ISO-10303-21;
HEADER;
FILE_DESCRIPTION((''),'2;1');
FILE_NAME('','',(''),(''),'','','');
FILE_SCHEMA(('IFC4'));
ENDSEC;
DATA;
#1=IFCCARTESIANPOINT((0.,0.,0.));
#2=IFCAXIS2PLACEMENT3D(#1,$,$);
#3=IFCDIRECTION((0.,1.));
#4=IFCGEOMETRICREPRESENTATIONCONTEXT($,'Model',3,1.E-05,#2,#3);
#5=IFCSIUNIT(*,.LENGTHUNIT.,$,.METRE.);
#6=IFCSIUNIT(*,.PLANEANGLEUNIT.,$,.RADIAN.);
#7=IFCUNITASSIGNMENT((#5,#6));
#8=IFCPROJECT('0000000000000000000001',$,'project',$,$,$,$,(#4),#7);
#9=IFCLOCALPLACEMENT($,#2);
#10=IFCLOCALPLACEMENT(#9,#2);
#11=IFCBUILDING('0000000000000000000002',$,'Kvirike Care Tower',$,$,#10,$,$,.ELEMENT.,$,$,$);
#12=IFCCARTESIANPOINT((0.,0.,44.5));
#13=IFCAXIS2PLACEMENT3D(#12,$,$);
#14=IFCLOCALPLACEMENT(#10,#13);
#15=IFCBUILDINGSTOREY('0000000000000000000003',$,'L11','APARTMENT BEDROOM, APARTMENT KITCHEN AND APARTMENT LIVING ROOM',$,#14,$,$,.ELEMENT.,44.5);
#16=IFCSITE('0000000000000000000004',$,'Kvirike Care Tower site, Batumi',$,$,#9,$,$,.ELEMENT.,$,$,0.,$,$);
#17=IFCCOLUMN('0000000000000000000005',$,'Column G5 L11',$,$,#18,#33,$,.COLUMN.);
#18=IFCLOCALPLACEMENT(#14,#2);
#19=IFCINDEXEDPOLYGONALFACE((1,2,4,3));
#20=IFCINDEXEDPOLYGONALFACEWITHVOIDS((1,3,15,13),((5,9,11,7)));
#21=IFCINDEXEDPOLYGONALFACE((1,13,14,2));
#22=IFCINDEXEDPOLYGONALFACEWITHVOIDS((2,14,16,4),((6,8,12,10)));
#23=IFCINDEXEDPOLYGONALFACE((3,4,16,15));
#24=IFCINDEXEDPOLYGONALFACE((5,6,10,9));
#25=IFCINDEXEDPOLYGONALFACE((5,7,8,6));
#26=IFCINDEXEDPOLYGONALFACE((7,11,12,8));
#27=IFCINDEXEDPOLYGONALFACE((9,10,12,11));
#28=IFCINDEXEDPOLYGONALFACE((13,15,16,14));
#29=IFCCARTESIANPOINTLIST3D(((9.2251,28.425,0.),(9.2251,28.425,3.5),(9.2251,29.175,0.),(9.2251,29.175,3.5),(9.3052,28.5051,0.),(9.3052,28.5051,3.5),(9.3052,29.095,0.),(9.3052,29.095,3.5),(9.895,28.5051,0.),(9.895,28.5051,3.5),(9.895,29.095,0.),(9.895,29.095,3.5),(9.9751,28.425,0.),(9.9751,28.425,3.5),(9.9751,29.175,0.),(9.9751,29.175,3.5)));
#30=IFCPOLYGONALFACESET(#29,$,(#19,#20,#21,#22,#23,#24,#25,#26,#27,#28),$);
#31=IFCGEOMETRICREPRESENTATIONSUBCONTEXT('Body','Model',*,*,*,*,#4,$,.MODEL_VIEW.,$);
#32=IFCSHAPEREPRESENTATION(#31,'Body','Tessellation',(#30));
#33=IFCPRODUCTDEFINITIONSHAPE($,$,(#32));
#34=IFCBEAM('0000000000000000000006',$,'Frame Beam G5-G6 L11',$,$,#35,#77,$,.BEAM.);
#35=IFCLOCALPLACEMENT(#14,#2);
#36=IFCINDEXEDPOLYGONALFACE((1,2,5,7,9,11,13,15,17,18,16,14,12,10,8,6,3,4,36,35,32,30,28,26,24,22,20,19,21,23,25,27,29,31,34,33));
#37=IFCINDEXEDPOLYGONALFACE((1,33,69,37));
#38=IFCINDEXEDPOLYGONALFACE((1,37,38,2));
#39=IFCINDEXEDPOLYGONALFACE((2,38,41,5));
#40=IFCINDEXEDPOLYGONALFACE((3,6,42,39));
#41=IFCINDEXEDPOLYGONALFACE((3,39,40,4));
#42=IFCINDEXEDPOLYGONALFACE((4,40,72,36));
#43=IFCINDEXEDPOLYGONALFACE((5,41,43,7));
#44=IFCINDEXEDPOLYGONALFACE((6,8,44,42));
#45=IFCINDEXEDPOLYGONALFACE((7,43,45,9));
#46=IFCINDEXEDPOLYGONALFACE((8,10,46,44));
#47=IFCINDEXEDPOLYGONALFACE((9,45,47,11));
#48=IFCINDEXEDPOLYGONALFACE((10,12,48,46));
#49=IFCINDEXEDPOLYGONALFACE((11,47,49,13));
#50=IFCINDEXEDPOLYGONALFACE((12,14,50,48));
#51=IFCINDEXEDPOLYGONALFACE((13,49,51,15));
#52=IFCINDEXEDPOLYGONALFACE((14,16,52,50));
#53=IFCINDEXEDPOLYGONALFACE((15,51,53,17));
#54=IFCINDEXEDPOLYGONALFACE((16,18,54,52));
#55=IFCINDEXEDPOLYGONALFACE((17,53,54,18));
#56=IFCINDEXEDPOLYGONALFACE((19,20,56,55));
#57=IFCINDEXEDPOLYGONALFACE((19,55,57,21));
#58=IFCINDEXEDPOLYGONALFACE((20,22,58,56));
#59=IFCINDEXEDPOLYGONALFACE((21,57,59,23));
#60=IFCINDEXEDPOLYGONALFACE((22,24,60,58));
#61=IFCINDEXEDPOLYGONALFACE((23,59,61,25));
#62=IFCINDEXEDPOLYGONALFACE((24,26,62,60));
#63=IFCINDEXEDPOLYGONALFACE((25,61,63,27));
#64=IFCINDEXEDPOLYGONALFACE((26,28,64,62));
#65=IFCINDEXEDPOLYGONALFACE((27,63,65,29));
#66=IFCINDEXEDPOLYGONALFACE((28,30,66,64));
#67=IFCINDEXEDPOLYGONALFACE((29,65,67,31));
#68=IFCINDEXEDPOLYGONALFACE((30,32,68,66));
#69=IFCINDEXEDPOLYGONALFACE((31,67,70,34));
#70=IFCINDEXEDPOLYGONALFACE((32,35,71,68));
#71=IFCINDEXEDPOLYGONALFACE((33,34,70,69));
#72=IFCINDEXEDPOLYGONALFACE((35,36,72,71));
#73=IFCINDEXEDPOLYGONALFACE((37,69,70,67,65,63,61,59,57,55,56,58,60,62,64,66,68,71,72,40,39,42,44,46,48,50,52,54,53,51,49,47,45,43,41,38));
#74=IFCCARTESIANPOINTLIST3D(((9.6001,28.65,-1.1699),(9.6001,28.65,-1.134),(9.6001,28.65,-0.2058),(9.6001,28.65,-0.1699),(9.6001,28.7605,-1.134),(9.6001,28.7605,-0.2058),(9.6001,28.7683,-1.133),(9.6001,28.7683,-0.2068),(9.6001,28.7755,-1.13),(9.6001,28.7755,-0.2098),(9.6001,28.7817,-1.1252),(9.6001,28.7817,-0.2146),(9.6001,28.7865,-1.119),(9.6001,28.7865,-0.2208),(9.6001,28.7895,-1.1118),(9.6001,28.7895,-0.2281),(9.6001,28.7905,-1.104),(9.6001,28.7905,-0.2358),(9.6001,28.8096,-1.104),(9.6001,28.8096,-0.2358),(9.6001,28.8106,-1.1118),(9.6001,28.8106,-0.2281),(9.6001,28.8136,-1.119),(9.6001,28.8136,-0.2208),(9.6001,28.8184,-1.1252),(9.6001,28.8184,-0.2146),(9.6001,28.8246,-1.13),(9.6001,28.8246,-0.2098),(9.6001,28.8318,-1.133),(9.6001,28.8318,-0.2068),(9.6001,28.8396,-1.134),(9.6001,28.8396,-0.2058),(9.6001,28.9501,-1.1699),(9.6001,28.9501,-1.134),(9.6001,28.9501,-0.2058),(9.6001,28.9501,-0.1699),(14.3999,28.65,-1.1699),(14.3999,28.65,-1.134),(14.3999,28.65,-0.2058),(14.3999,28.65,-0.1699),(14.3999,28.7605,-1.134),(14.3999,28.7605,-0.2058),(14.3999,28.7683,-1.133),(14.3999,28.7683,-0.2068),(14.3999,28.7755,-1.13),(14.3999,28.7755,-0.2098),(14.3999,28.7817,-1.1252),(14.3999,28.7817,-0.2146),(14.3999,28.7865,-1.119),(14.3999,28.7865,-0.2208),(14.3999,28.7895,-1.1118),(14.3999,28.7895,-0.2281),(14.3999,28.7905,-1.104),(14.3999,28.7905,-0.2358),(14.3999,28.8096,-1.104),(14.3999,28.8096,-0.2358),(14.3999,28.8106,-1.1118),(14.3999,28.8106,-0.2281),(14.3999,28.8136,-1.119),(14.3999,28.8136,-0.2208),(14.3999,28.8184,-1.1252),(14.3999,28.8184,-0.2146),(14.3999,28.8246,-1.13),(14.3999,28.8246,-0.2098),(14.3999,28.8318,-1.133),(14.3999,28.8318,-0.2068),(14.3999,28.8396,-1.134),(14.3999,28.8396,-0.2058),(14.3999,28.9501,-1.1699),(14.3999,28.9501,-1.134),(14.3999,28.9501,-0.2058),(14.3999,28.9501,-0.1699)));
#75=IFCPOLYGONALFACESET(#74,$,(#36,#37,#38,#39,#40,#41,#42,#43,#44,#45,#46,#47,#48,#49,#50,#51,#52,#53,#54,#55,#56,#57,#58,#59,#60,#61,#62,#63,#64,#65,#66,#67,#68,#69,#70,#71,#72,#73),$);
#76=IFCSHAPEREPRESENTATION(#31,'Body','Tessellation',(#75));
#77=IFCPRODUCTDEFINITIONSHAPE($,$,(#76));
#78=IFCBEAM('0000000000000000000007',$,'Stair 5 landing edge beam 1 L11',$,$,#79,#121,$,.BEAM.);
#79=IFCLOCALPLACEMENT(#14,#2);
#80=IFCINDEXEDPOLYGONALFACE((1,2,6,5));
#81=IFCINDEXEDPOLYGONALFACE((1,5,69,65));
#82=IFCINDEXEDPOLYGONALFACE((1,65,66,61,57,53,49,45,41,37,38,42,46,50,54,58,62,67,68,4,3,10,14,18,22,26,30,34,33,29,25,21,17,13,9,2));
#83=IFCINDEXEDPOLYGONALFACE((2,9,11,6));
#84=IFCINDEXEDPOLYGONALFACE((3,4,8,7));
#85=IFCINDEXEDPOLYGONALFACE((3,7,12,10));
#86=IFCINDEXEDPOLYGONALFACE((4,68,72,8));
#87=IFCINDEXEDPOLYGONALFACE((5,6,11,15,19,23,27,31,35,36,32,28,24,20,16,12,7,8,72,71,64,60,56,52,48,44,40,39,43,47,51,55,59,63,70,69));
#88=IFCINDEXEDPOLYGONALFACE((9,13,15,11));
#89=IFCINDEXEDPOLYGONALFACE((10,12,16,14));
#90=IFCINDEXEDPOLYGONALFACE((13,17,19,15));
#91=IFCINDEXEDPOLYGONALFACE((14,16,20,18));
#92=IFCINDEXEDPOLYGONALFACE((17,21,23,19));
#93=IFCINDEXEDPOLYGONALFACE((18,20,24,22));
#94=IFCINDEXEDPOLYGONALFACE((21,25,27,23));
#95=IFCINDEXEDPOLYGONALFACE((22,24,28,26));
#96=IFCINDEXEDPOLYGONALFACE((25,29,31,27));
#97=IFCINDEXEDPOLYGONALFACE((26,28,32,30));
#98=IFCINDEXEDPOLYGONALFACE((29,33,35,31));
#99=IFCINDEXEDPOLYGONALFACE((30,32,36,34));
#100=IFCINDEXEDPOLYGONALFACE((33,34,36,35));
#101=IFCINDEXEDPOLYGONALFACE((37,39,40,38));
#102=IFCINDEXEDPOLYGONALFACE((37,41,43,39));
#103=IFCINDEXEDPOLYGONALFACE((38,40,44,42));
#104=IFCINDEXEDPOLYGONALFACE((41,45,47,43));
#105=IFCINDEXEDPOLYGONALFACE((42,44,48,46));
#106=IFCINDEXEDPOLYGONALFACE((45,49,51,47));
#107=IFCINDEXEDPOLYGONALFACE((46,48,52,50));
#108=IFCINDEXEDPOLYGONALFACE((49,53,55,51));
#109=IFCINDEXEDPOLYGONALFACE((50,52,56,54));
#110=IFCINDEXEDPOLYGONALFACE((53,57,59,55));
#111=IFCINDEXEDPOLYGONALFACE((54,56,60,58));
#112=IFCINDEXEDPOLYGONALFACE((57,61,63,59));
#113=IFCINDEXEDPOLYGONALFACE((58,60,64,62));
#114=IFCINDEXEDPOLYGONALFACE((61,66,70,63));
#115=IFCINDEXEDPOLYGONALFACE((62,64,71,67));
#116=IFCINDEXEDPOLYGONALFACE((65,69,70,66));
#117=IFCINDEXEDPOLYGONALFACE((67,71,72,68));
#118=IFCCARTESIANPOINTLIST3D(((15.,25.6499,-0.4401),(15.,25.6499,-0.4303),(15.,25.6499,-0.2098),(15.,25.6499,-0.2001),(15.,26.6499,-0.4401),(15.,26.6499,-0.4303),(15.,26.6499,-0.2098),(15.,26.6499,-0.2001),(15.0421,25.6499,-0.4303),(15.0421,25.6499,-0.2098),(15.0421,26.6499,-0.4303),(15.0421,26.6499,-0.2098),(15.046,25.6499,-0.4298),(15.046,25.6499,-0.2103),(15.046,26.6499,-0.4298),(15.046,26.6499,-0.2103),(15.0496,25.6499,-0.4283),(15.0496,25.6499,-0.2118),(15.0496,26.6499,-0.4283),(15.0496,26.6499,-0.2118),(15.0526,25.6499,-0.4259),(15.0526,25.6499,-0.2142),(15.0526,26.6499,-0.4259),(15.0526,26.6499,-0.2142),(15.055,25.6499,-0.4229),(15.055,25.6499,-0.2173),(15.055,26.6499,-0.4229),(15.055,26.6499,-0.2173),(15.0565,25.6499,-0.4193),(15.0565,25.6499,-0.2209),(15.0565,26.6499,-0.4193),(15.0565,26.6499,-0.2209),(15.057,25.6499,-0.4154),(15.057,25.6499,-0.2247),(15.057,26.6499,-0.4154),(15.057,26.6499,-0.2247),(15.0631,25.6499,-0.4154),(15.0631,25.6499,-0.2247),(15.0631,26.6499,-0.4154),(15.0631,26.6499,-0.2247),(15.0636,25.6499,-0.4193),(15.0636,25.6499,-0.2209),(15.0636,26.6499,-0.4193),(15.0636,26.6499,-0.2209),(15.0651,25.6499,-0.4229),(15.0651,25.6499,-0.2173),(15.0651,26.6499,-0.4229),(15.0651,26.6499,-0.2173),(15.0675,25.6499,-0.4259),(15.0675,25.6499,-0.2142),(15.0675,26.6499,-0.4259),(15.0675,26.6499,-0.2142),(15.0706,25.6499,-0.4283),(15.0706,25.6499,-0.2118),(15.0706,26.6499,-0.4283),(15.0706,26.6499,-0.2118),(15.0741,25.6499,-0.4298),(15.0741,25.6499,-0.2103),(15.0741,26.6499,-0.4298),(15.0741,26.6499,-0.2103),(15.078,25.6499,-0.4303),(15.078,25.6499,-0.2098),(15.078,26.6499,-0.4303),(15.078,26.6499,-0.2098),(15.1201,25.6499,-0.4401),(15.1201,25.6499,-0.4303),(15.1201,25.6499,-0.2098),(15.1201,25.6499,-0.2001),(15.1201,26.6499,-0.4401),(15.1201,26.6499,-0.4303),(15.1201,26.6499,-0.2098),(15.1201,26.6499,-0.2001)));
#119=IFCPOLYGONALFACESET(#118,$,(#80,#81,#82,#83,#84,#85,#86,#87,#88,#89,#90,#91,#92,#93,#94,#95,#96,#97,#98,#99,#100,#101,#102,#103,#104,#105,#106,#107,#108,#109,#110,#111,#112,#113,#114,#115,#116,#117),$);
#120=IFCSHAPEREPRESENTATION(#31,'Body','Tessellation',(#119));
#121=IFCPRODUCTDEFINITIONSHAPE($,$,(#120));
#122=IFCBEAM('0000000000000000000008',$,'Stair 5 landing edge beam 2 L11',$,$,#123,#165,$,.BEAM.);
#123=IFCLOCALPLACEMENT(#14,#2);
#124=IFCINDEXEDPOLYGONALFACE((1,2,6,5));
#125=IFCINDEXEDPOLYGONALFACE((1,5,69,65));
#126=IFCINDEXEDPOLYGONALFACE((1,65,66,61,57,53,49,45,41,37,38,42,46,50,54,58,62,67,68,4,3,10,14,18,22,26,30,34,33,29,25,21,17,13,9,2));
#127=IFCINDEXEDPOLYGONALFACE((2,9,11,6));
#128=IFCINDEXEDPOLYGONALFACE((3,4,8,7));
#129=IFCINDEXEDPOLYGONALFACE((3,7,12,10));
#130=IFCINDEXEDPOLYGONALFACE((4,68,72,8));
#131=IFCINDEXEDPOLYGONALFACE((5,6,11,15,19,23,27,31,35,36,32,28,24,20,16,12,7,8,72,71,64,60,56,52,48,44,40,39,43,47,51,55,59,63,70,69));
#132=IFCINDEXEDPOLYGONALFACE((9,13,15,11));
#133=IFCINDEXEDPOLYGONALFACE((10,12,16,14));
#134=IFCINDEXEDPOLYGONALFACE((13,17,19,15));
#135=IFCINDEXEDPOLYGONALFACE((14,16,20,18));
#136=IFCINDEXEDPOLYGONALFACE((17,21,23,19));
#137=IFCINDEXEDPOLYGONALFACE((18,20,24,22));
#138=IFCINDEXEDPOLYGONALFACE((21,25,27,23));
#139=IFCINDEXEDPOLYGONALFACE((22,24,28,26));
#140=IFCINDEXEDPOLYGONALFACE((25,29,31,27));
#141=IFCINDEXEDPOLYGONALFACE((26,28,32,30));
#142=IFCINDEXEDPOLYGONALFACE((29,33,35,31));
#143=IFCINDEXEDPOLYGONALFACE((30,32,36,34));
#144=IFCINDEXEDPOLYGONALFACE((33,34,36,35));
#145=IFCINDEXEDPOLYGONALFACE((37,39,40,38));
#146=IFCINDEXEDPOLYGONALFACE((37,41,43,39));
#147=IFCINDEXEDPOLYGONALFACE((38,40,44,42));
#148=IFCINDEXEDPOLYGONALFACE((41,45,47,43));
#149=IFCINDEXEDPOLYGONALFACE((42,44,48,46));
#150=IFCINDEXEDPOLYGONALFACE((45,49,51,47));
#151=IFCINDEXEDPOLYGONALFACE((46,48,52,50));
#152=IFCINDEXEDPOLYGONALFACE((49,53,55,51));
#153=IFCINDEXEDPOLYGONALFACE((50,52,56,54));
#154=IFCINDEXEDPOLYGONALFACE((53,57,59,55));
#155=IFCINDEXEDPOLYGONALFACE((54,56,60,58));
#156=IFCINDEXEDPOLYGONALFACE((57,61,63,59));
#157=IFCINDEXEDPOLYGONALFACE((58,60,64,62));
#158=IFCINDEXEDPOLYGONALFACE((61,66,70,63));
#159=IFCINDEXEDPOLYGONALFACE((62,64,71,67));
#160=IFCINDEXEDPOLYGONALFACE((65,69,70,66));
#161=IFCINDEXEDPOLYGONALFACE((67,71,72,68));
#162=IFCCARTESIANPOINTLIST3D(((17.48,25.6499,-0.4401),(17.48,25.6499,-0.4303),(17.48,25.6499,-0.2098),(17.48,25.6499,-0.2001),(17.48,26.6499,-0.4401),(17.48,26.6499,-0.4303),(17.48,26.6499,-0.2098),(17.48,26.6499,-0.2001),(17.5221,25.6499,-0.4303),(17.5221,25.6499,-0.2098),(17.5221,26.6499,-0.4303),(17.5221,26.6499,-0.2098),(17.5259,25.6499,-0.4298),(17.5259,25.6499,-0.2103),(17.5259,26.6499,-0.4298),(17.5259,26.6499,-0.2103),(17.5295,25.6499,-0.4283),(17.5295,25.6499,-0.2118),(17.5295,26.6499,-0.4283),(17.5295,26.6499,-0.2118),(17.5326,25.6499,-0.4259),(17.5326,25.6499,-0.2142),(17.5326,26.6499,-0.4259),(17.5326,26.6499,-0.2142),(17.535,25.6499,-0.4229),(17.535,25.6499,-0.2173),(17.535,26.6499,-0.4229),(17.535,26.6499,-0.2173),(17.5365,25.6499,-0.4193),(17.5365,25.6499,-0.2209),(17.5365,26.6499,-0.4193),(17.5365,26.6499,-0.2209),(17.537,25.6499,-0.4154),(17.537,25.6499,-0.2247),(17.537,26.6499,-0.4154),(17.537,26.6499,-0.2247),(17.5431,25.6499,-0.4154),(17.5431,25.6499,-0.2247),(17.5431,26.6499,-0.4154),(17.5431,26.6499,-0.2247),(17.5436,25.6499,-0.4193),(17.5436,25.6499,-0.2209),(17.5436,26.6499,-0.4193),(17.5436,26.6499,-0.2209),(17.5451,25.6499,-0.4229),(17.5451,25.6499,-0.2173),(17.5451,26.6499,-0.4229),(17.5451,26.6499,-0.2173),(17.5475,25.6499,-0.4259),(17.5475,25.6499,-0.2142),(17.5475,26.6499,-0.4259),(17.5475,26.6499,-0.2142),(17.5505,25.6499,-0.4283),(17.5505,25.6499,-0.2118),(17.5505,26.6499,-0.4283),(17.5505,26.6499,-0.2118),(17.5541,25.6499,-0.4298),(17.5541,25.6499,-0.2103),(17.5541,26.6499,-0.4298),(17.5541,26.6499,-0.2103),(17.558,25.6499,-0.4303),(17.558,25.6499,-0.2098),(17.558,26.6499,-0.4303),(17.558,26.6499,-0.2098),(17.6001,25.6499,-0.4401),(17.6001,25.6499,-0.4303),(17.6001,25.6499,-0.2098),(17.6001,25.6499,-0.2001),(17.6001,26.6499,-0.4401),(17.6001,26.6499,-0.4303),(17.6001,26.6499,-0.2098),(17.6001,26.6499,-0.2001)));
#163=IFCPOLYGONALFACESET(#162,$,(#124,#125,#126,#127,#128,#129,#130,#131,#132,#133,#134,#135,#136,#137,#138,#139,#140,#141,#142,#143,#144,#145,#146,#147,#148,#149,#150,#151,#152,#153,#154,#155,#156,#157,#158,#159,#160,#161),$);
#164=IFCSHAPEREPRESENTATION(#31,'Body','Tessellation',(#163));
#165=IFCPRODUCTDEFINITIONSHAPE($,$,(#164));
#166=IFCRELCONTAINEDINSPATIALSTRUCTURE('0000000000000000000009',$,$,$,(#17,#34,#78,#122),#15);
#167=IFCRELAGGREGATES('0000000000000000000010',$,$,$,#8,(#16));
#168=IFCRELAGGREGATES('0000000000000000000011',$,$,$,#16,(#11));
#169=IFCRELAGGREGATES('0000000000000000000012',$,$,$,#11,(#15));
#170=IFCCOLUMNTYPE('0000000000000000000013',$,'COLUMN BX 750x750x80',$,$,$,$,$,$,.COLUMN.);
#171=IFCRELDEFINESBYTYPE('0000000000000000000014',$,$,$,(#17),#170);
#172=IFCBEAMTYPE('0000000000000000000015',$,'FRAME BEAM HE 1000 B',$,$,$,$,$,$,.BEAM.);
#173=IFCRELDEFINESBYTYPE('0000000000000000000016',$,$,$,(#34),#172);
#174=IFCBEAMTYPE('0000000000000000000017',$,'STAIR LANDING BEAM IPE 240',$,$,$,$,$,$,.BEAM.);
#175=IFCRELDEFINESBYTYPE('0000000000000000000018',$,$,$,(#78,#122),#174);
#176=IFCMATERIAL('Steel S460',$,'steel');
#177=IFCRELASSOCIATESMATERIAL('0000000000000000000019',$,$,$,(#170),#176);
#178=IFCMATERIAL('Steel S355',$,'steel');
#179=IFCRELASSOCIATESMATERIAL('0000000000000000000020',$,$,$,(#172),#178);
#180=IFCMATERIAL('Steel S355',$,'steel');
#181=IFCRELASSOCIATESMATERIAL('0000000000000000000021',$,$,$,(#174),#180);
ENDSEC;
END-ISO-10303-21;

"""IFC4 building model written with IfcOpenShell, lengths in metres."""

from ifc_helpers import new_model, si_unit, direction, frame, origin, origin_2d, place, context, subcontext, project, spatial, hollow_rectangle, i_section, extrude, material, material_profile, profile_set, type_object, element, save


model = new_model("IFC4")

# Units and contexts
model_context = context("Model", 3, precision=1e-05, world=origin(), true_north=direction((0.0, 1.0)))
body_context = subcontext(model_context, "Body", "Model", "MODEL_VIEW")
ifc_project = project(units=[si_unit("LENGTHUNIT", "METRE"), si_unit("PLANEANGLEUNIT", "RADIAN")], contexts=[model_context])

# Site, building, storey
site_placement = place(None, origin())
site = spatial("IfcSite", under=ifc_project, at=site_placement, Name="Kvirike Care Tower site, Batumi", CompositionType="ELEMENT", RefElevation=0.0)
building_placement = place(site_placement, origin())
building = spatial("IfcBuilding", under=site, at=building_placement, Name="Kvirike Care Tower", CompositionType="ELEMENT")
storey_placement = place(building_placement, frame((0.0, 0.0, 44.5)))
storey = spatial("IfcBuildingStorey", under=building, at=storey_placement, Name="L11", Description="APARTMENT BEDROOM, APARTMENT KITCHEN AND APARTMENT LIVING ROOM", CompositionType="ELEMENT", Elevation=44.5)

# Column
ifc_material_1 = material(Name="Steel S460", Category="steel")
ifc_material_profile_1 = material_profile(ifc_material_1, hollow_rectangle(XDim=0.75, YDim=0.75, WallThickness=0.0801, at=origin_2d()), Name="BX 750x750x80")
ifc_profile_set_1 = profile_set([ifc_material_profile_1], Name="Steel S460")
column_type = type_object("IfcColumnType", Name="COLUMN BX 750x750x80", PredefinedType="COLUMN", material=ifc_profile_set_1)
column_placement = place(storey_placement, frame((9.6001, 28.8, 0.0), z_axis=(0.0, 0.0, 1.0), x_axis=(0.0, 1.0, 0.0)))
element("IfcColumn", 1, at=column_placement, inside=storey, type_object=column_type, Name="Column G5 L11", PredefinedType="COLUMN", context=body_context, shape_type="SweptSolid", body=[
    extrude(hollow_rectangle(XDim=0.75, YDim=0.75, WallThickness=0.0801, at=origin_2d()), origin(), (0.0, 0.0, 1.0), 3.5),
])

# Beams
ifc_material_2 = material(Name="Steel S355", Category="steel")
ifc_material_profile_2 = material_profile(ifc_material_2, i_section(OverallWidth=0.3, OverallDepth=1.0, WebThickness=0.019, FlangeThickness=0.0359, FilletRadius=0.03, at=origin_2d()), Name="HE 1000 B")
ifc_profile_set_2 = profile_set([ifc_material_profile_2], Name="Steel S355")
beam_type_1 = type_object("IfcBeamType", Name="FRAME BEAM HE 1000 B", PredefinedType="BEAM", material=ifc_profile_set_2)
beam_placement = place(storey_placement, frame((9.6001, 28.8, -0.6699), z_axis=(1.0, 0.0, 0.0), x_axis=(0.0, 1.0, 0.0)))
element("IfcBeam", 2, at=beam_placement, inside=storey, type_object=beam_type_1, Name="Frame Beam G5-G6 L11", PredefinedType="BEAM", context=body_context, shape_type="SweptSolid", body=[
    extrude(i_section(OverallWidth=0.3, OverallDepth=1.0, WebThickness=0.019, FlangeThickness=0.0359, FilletRadius=0.03, at=origin_2d()), origin(), (0.0, 0.0, 1.0), 4.7998),
])
ifc_material_3 = material(Name="Steel S355", Category="steel")
ifc_material_profile_3 = material_profile(ifc_material_3, i_section(OverallWidth=0.1201, OverallDepth=0.24, WebThickness=0.0061, FlangeThickness=0.0098, FilletRadius=0.0149, at=origin_2d()), Name="IPE 240")
ifc_profile_set_3 = profile_set([ifc_material_profile_3], Name="Steel S355")
beam_type_2 = type_object("IfcBeamType", Name="STAIR LANDING BEAM IPE 240", PredefinedType="BEAM", material=ifc_profile_set_3)
for number, where, z_axis, x_axis, name in (
    (3, (15.0601, 25.6499, -0.3201), (0.0, 1.0, 0.0), (-1.0, 0.0, 0.0), "Stair 5 landing edge beam 1 L11"),
    (4, (17.54, 25.6499, -0.3201), (0.0, 1.0, 0.0), (-1.0, 0.0, 0.0), "Stair 5 landing edge beam 2 L11"),
):
    element("IfcBeam", number, at=place(storey_placement, frame(where, z_axis=z_axis, x_axis=x_axis)), inside=storey, type_object=beam_type_2, Name=name, PredefinedType="BEAM", context=body_context, shape_type="SweptSolid", body=[
        extrude(i_section(OverallWidth=0.1201, OverallDepth=0.24, WebThickness=0.0061, FlangeThickness=0.0098, FilletRadius=0.0149, at=origin_2d()), origin(), (0.0, 0.0, 1.0), 1.0),
    ])

save(model, "model.ifc")
